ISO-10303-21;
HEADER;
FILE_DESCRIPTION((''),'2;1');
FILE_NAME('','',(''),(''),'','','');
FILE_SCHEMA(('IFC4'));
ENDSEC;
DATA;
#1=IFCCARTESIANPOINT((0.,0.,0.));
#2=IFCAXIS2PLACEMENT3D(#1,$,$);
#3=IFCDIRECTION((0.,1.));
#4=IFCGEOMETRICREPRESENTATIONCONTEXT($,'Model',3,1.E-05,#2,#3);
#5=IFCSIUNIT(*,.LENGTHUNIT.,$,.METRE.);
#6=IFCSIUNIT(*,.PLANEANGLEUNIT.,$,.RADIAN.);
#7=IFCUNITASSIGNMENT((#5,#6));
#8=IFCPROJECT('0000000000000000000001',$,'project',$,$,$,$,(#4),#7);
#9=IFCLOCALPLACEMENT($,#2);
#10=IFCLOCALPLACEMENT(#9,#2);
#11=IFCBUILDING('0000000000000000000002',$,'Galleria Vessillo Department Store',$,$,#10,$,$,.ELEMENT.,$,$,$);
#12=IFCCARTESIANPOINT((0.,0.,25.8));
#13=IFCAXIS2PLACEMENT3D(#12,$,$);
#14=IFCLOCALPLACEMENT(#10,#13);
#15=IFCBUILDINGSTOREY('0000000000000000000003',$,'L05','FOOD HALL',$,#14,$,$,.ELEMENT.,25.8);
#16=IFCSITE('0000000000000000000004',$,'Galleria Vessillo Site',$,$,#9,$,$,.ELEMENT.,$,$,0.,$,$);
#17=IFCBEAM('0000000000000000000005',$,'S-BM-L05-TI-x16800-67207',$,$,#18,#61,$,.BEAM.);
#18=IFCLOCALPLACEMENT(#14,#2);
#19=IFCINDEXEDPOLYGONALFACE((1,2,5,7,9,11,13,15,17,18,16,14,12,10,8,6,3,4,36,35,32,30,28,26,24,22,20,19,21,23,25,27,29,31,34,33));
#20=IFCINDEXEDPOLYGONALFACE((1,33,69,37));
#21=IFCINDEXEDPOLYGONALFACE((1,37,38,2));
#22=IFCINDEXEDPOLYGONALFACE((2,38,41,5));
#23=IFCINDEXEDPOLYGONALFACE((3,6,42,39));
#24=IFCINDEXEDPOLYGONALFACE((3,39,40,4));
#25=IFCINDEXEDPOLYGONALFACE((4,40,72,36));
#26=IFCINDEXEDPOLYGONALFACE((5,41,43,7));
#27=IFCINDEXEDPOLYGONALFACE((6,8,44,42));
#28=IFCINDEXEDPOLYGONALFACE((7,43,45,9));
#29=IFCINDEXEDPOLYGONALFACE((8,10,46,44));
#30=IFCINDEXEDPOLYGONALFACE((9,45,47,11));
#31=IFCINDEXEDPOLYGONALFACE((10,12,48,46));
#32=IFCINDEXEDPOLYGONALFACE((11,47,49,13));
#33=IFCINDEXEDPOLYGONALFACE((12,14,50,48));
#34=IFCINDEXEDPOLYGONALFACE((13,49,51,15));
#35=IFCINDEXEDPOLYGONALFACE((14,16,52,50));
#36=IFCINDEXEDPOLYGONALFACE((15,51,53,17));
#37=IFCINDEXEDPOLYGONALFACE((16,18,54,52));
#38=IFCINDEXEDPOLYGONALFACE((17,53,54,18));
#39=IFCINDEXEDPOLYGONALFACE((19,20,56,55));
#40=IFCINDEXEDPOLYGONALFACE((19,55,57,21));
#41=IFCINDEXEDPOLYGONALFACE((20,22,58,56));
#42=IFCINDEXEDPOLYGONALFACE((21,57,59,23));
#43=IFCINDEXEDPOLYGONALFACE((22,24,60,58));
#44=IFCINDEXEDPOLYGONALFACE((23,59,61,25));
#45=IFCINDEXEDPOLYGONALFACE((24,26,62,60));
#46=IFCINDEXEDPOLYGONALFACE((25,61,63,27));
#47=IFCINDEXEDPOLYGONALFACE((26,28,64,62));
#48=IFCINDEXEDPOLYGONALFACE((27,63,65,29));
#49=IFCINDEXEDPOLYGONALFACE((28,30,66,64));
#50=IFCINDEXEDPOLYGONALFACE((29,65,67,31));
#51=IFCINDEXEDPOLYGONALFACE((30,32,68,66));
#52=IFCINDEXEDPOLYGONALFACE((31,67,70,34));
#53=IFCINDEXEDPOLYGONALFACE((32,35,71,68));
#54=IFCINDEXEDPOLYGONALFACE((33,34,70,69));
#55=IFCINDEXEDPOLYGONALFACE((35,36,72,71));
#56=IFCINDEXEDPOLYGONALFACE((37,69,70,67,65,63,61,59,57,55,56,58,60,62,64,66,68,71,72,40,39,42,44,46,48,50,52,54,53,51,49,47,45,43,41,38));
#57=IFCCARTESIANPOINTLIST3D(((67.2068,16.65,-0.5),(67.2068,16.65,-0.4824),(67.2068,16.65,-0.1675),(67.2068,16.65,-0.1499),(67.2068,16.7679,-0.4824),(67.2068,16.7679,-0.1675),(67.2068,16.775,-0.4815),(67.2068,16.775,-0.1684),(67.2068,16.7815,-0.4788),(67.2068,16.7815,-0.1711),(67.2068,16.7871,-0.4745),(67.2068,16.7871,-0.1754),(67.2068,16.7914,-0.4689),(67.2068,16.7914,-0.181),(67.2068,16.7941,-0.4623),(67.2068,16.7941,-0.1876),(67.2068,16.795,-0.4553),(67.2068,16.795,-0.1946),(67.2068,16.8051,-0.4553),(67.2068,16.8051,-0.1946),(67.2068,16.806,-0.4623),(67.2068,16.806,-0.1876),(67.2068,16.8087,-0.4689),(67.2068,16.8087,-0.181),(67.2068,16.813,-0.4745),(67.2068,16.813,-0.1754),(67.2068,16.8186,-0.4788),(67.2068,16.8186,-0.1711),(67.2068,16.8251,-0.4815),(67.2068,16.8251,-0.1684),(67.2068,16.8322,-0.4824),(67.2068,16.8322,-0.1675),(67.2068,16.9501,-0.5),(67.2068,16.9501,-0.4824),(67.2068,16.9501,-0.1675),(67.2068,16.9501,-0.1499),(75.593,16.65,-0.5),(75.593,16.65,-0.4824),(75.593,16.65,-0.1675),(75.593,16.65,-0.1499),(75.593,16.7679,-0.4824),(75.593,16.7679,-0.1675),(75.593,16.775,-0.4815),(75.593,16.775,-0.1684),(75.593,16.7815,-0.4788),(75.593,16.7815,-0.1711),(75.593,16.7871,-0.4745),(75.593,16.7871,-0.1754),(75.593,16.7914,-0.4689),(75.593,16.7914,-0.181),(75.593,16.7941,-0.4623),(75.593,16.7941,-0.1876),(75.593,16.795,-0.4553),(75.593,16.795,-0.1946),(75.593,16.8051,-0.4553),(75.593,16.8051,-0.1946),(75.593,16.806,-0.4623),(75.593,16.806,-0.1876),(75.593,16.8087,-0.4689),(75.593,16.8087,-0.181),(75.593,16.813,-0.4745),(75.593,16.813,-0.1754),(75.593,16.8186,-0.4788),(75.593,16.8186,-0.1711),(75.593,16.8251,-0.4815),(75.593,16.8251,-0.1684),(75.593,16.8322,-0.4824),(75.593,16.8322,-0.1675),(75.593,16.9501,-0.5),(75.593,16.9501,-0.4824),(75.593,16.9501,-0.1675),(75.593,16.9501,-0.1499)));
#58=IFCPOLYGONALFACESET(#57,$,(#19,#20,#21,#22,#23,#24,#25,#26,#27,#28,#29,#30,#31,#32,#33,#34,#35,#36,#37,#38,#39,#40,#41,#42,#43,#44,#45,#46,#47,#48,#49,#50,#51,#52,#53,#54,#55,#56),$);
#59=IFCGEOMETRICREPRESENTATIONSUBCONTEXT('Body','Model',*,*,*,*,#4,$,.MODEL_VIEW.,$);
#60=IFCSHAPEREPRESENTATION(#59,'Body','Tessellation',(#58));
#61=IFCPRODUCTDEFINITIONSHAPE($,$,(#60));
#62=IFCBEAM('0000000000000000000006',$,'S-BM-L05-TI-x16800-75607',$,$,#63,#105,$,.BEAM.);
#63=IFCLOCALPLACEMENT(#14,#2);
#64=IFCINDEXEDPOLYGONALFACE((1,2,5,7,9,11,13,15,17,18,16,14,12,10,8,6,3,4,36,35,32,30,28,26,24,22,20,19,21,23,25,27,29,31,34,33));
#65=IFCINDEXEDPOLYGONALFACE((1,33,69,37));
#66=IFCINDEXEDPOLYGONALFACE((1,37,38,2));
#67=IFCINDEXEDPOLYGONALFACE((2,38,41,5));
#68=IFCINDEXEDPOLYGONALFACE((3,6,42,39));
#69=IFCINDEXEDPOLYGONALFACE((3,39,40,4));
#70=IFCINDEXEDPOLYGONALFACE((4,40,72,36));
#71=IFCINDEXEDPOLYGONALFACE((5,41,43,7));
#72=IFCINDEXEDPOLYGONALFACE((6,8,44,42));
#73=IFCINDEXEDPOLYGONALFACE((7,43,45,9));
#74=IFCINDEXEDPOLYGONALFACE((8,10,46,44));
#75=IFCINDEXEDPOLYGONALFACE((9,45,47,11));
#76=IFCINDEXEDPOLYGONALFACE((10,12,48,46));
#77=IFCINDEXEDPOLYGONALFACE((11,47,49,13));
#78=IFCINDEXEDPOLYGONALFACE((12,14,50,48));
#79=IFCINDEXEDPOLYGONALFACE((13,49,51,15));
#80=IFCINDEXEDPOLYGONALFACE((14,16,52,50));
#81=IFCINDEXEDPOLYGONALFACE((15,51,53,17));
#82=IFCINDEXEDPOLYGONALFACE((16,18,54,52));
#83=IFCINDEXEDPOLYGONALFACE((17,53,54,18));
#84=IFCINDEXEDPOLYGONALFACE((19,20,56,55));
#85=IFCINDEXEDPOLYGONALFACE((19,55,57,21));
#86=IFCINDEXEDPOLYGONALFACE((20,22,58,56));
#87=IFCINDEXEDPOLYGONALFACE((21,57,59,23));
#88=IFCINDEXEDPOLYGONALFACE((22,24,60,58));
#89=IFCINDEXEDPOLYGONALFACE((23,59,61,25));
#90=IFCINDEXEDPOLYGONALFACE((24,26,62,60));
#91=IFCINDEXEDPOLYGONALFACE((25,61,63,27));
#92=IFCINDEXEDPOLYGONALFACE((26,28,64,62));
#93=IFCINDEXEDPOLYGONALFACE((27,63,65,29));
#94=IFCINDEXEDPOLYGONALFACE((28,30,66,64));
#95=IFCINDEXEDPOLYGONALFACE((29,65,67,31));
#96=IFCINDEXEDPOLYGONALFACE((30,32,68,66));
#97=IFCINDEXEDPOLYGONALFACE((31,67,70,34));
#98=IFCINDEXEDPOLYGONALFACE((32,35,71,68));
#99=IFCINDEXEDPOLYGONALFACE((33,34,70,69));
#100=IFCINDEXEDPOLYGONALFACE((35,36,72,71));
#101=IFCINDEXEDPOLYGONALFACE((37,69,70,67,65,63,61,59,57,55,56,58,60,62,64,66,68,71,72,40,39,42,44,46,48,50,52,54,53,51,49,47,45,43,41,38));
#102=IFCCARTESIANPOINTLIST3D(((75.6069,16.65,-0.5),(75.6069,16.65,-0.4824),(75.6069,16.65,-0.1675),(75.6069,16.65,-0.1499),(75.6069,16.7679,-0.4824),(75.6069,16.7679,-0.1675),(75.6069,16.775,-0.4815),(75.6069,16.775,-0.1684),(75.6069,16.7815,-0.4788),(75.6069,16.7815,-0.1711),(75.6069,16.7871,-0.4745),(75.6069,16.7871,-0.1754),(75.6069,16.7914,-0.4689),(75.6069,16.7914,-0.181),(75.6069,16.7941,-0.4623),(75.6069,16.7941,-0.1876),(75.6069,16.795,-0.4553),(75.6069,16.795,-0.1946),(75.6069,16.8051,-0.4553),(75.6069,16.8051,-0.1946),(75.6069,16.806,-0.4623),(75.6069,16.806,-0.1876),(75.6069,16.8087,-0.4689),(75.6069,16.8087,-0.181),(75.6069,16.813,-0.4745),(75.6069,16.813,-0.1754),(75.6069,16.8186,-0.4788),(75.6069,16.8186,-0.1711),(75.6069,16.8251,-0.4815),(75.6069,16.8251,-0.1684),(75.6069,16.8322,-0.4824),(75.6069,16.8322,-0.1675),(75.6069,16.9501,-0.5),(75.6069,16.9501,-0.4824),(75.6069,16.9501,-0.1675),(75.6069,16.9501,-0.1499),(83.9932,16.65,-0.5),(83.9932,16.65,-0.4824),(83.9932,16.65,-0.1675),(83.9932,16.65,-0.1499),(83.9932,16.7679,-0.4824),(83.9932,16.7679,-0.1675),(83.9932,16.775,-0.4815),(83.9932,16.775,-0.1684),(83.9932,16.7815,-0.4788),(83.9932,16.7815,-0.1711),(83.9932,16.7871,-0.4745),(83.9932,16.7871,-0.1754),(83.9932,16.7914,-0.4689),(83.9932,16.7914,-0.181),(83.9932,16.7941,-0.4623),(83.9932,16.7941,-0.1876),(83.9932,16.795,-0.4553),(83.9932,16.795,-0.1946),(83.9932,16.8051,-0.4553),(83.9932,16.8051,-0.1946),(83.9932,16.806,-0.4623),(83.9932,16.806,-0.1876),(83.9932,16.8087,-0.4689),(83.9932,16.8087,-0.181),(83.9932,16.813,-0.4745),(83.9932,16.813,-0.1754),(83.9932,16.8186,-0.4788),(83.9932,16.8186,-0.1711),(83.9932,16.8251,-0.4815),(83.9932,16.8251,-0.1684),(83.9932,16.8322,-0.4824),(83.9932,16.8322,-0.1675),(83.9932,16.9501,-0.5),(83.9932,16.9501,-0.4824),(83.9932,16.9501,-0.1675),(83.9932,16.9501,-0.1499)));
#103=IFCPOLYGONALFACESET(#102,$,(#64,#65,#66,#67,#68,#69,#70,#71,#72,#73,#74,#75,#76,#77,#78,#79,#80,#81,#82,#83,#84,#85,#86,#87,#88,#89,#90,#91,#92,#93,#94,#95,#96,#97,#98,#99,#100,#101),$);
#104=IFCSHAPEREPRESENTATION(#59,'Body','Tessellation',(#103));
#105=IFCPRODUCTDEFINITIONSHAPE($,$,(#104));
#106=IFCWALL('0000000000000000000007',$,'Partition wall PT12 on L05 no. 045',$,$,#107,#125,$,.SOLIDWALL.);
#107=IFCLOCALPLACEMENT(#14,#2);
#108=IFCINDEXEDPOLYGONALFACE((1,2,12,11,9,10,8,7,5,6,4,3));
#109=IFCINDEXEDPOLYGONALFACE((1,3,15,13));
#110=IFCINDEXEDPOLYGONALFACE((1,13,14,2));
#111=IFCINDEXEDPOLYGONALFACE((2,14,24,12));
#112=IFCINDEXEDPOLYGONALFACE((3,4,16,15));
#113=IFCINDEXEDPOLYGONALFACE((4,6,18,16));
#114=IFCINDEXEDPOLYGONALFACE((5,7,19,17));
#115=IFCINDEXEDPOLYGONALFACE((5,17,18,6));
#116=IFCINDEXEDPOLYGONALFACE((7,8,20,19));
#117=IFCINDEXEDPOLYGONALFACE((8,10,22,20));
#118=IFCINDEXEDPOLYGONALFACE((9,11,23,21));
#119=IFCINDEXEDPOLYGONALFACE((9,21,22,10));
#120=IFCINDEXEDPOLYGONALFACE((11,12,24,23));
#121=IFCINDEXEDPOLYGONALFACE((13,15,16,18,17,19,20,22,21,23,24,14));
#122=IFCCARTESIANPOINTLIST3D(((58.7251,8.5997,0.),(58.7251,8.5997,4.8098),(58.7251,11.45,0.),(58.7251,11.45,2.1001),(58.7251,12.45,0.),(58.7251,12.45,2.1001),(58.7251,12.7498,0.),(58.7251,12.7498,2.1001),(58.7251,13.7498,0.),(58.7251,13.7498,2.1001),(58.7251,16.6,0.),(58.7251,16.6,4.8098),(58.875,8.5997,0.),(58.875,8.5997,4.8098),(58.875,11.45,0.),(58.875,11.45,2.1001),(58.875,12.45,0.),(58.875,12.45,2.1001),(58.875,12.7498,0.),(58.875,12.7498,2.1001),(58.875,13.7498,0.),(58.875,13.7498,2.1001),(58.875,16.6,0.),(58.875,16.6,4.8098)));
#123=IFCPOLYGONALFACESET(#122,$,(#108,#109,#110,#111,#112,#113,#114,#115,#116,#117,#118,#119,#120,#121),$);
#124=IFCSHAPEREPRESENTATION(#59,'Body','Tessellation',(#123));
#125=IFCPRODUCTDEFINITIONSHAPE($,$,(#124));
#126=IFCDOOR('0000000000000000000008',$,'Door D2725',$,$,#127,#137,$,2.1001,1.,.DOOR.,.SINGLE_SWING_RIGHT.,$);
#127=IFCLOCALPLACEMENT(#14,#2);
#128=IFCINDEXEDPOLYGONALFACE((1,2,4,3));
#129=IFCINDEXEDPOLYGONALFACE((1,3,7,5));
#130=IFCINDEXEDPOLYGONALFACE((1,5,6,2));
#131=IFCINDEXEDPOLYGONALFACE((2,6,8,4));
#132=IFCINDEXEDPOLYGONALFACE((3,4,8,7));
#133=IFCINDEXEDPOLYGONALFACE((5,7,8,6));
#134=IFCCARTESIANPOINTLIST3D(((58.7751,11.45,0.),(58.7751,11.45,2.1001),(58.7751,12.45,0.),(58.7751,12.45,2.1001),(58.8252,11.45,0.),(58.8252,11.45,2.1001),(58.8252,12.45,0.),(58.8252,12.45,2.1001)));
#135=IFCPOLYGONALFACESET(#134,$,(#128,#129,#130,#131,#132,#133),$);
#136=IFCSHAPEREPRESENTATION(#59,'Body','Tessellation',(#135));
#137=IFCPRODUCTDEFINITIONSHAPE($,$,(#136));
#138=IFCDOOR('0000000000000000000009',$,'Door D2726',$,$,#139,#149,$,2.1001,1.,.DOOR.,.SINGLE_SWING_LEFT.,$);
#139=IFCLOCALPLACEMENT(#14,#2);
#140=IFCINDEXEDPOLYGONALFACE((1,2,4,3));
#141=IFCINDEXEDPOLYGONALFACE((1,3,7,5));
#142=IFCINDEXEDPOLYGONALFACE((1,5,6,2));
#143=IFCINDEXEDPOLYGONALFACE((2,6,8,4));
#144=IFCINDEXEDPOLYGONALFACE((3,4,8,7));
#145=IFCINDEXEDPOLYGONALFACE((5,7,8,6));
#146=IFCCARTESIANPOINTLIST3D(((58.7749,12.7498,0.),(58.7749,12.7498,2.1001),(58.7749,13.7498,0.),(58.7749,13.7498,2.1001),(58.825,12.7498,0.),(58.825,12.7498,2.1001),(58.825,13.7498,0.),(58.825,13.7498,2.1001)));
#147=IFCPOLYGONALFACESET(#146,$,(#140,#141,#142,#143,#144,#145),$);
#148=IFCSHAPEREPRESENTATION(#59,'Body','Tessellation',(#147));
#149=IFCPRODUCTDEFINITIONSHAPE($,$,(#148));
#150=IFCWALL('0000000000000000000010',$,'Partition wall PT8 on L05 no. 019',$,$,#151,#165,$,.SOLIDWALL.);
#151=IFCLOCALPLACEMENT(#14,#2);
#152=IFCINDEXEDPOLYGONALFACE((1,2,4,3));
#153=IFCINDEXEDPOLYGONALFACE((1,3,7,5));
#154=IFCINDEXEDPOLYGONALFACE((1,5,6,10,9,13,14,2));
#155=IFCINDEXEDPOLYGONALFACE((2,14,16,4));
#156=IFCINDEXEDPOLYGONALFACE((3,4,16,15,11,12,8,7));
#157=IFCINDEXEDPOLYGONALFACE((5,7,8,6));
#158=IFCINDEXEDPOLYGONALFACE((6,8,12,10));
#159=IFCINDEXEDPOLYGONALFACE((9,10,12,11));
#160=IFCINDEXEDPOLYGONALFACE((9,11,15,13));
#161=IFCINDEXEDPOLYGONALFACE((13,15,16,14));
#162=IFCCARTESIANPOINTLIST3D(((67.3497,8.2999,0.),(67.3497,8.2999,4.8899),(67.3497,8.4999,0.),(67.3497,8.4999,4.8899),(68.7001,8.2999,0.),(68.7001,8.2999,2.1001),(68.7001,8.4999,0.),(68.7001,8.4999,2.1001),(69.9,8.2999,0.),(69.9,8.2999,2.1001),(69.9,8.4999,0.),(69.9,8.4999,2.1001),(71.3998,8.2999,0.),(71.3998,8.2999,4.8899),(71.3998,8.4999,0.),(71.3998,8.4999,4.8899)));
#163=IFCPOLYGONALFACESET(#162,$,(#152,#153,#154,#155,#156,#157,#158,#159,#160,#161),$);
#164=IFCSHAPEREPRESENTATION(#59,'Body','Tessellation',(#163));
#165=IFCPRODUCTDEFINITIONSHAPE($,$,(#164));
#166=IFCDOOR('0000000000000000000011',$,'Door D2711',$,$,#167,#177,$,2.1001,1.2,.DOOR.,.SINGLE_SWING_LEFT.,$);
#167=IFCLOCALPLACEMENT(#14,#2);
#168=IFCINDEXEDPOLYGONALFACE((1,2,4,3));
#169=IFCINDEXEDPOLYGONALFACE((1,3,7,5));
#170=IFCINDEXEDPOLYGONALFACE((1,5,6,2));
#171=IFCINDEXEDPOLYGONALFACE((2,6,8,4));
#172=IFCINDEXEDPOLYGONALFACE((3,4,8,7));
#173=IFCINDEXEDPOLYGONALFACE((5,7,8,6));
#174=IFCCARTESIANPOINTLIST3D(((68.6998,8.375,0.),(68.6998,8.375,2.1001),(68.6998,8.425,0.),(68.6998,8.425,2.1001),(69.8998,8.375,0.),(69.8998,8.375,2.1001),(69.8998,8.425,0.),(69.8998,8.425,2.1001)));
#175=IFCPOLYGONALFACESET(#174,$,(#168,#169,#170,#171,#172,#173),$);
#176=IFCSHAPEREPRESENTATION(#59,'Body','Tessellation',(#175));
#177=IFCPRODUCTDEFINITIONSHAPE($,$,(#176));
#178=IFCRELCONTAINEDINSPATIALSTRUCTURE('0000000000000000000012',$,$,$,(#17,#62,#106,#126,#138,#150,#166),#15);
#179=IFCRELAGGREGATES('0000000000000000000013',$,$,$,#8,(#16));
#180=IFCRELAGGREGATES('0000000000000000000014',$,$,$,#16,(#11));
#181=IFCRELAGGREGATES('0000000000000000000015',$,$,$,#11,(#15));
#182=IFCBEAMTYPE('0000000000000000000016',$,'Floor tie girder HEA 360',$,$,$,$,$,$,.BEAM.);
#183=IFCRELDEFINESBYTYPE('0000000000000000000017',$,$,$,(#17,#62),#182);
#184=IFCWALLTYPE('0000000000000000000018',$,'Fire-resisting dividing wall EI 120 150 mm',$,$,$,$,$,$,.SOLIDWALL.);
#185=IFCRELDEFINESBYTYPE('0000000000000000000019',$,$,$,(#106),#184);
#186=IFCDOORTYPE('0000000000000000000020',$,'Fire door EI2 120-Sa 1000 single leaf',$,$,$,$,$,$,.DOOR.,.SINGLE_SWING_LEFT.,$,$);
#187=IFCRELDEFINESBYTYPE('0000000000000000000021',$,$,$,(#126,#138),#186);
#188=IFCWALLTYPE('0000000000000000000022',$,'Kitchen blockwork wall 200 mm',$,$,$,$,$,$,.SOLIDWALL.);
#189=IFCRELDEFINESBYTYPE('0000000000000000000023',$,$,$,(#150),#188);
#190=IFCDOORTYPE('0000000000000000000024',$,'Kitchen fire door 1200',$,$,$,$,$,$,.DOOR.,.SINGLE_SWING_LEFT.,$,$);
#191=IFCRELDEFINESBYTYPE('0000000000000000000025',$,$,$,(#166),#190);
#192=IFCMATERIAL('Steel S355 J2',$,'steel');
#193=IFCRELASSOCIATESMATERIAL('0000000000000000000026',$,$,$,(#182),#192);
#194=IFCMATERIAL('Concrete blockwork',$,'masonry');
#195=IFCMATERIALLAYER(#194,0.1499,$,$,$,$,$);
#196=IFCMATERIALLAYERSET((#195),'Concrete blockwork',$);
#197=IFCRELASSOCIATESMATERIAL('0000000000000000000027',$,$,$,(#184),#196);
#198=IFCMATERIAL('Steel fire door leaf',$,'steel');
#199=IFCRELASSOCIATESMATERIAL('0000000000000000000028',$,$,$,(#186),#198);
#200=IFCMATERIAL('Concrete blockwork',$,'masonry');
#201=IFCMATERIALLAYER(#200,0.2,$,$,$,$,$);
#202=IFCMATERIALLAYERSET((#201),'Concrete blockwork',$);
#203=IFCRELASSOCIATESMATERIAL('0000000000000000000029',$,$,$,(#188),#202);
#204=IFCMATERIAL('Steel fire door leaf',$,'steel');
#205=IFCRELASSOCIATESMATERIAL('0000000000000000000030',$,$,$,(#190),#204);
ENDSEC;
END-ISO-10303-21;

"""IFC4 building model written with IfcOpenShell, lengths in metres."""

from ifc_helpers import new_model, si_unit, direction, frame, frame_2d, origin, origin_2d, place, context, subcontext, project, spatial, rectangle, i_section, extrude, material, layer, layer_set, material_profile, profile_set, type_object, element, fill, save


model = new_model("IFC4")

# Units and contexts
model_context = context("Model", 3, precision=1e-05, world=origin(), true_north=direction((0.0, 1.0)))
body_context = subcontext(model_context, "Body", "Model", "MODEL_VIEW")
ifc_project = project(units=[si_unit("LENGTHUNIT", "METRE"), si_unit("PLANEANGLEUNIT", "RADIAN")], contexts=[model_context])

# Site, building, storey
site_placement = place(None, origin())
site = spatial("IfcSite", under=ifc_project, at=site_placement, Name="Galleria Vessillo Site", CompositionType="ELEMENT", RefElevation=0.0)
building_placement = place(site_placement, origin())
building = spatial("IfcBuilding", under=site, at=building_placement, Name="Galleria Vessillo Department Store", CompositionType="ELEMENT")
storey_placement = place(building_placement, frame((0.0, 0.0, 25.8)))
storey = spatial("IfcBuildingStorey", under=building, at=storey_placement, Name="L05", Description="FOOD HALL", CompositionType="ELEMENT", Elevation=25.8)

# Beams
ifc_material_1 = material(Name="Steel S355 J2", Category="steel")
ifc_material_profile_1 = material_profile(ifc_material_1, i_section(OverallWidth=0.3, OverallDepth=0.3501, WebThickness=0.01, FlangeThickness=0.0176, FilletRadius=0.0271, at=origin_2d()), Name="HEA 360")
ifc_profile_set_1 = profile_set([ifc_material_profile_1], Name="Steel S355 J2")
beam_type_1 = type_object("IfcBeamType", Name="Floor tie girder HEA 360", PredefinedType="BEAM", material=ifc_profile_set_1)
for number, where, z_axis, x_axis, name in (
    (1, (67.2068, 16.8, -0.325), (1.0, 0.0, 0.0), (0.0, 1.0, 0.0), "S-BM-L05-TI-x16800-67207"),
    (2, (75.6069, 16.8, -0.325), (1.0, 0.0, 0.0), (0.0, 1.0, 0.0), "S-BM-L05-TI-x16800-75607"),
):
    element("IfcBeam", number, at=place(storey_placement, frame(where, z_axis=z_axis, x_axis=x_axis)), inside=storey, type_object=beam_type_1, Name=name, PredefinedType="BEAM", context=body_context, shape_type="SweptSolid", body=[
        extrude(i_section(OverallWidth=0.3, OverallDepth=0.3501, WebThickness=0.01, FlangeThickness=0.0176, FilletRadius=0.0271, at=origin_2d()), origin(), (0.0, 0.0, 1.0), 8.3862),
    ])

# Wall, openings, doors
ifc_material_2 = material(Name="Concrete blockwork", Category="masonry")
ifc_layer_1 = layer(ifc_material_2, 0.1499)
ifc_layer_set_1 = layer_set([ifc_layer_1], Name="Concrete blockwork")
wall_type_1 = type_object("IfcWallType", Name="Fire-resisting dividing wall EI 120 150 mm", PredefinedType="SOLIDWALL", material=ifc_layer_set_1)
wall_1_placement = place(storey_placement, frame((58.8, 8.5999, 0.0), z_axis=(0.0, 0.0, 1.0), x_axis=(0.0, 1.0, 0.0)))
wall_1 = element("IfcWall", 3, at=wall_1_placement, inside=storey, type_object=wall_type_1, Name="Partition wall PT12 on L05 no. 045", PredefinedType="SOLIDWALL", context=body_context, shape_type="SweptSolid", body=[
    extrude(rectangle(XDim=8.0002, YDim=0.1499, at=frame_2d((4.0, 0.0))), origin(), (0.0, 0.0, 1.0), 4.8098),
])
opening_1_placement = place(wall_1_placement, frame((2.8501, 0.0, 0.0)))
opening_1 = element("IfcOpeningElement", 4, at=opening_1_placement, cuts=wall_1, PredefinedType="OPENING", context=body_context, shape_type="SweptSolid", body=[
    extrude(rectangle(XDim=1.0, YDim=2.1001, at=frame_2d((0.5, 1.05))), frame((0.0, 0.085, 0.0), z_axis=(0.0, -1.0, 0.0), x_axis=(1.0, 0.0, 0.0)), (0.0, 0.0, 1.0), 0.1699),
])
opening_2_placement = place(wall_1_placement, frame((4.1499, 0.0, 0.0)))
opening_2 = element("IfcOpeningElement", 5, at=opening_2_placement, cuts=wall_1, PredefinedType="OPENING", context=body_context, shape_type="SweptSolid", body=[
    extrude(rectangle(XDim=1.0, YDim=2.1001, at=frame_2d((0.5, 1.05))), frame((0.0, 0.085, 0.0), z_axis=(0.0, -1.0, 0.0), x_axis=(1.0, 0.0, 0.0)), (0.0, 0.0, 1.0), 0.1699),
])
ifc_material_3 = material(Name="Steel fire door leaf", Category="steel")
door_type_1 = type_object("IfcDoorType", Name="Fire door EI2 120-Sa 1000 single leaf", OperationType="SINGLE_SWING_LEFT", PredefinedType="DOOR", material=ifc_material_3)
door_1_placement = place(opening_1_placement, origin())
door_1 = element("IfcDoor", 6, at=door_1_placement, inside=storey, type_object=door_type_1, Name="Door D2725", OperationType="SINGLE_SWING_RIGHT", OverallHeight=2.1001, OverallWidth=1.0, PredefinedType="DOOR", context=body_context, shape_type="SweptSolid", body=[
    extrude(rectangle(XDim=1.0, YDim=2.1001, at=frame_2d((0.5, 1.05))), frame((0.0, 0.0249, 0.0), z_axis=(0.0, -1.0, 0.0), x_axis=(1.0, 0.0, 0.0)), (0.0, 0.0, 1.0), 0.05),
])
fill(opening_1, door_1)
door_2_placement = place(opening_2_placement, frame((1.0, 0.0, 0.0), z_axis=(0.0, 0.0, 1.0), x_axis=(-1.0, 0.0, 0.0)))
door_2 = element("IfcDoor", 7, at=door_2_placement, inside=storey, type_object=door_type_1, Name="Door D2726", OperationType="SINGLE_SWING_LEFT", OverallHeight=2.1001, OverallWidth=1.0, PredefinedType="DOOR", context=body_context, shape_type="SweptSolid", body=[
    extrude(rectangle(XDim=1.0, YDim=2.1001, at=frame_2d((0.5, 1.05))), frame((0.0, 0.0249, 0.0), z_axis=(0.0, -1.0, 0.0), x_axis=(1.0, 0.0, 0.0)), (0.0, 0.0, 1.0), 0.05),
])
fill(opening_2, door_2)

# Wall, opening, door
ifc_material_4 = material(Name="Concrete blockwork", Category="masonry")
ifc_layer_2 = layer(ifc_material_4, 0.2)
ifc_layer_set_2 = layer_set([ifc_layer_2], Name="Concrete blockwork")
wall_type_2 = type_object("IfcWallType", Name="Kitchen blockwork wall 200 mm", PredefinedType="SOLIDWALL", material=ifc_layer_set_2)
wall_2_placement = place(storey_placement, frame((67.3499, 8.3999, 0.0), z_axis=(0.0, 0.0, 1.0), x_axis=(1.0, 0.0, 0.0)))
wall_2 = element("IfcWall", 8, at=wall_2_placement, inside=storey, type_object=wall_type_2, Name="Partition wall PT8 on L05 no. 019", PredefinedType="SOLIDWALL", context=body_context, shape_type="SweptSolid", body=[
    extrude(rectangle(XDim=4.05, YDim=0.2, at=frame_2d((2.0249, 0.0))), origin(), (0.0, 0.0, 1.0), 4.8899),
])
opening_3_placement = place(wall_2_placement, frame((1.3501, 0.0, 0.0)))
opening_3 = element("IfcOpeningElement", 9, at=opening_3_placement, cuts=wall_2, PredefinedType="OPENING", context=body_context, shape_type="SweptSolid", body=[
    extrude(rectangle(XDim=1.2, YDim=2.1001, at=frame_2d((0.6001, 1.05))), frame((0.0, 0.1099, 0.0), z_axis=(0.0, -1.0, 0.0), x_axis=(1.0, 0.0, 0.0)), (0.0, 0.0, 1.0), 0.22),
])
ifc_material_5 = material(Name="Steel fire door leaf", Category="steel")
door_type_2 = type_object("IfcDoorType", Name="Kitchen fire door 1200", OperationType="SINGLE_SWING_LEFT", PredefinedType="DOOR", material=ifc_material_5)
door_3_placement = place(opening_3_placement, frame((1.2, 0.0, 0.0), z_axis=(0.0, 0.0, 1.0), x_axis=(-1.0, 0.0, 0.0)))
door_3 = element("IfcDoor", 10, at=door_3_placement, inside=storey, type_object=door_type_2, Name="Door D2711", OperationType="SINGLE_SWING_LEFT", OverallHeight=2.1001, OverallWidth=1.2, PredefinedType="DOOR", context=body_context, shape_type="SweptSolid", body=[
    extrude(rectangle(XDim=1.2, YDim=2.1001, at=frame_2d((0.6001, 1.05))), frame((0.0, 0.0249, 0.0), z_axis=(0.0, -1.0, 0.0), x_axis=(1.0, 0.0, 0.0)), (0.0, 0.0, 1.0), 0.05),
])
fill(opening_3, door_3)

save(model, "model.ifc")
